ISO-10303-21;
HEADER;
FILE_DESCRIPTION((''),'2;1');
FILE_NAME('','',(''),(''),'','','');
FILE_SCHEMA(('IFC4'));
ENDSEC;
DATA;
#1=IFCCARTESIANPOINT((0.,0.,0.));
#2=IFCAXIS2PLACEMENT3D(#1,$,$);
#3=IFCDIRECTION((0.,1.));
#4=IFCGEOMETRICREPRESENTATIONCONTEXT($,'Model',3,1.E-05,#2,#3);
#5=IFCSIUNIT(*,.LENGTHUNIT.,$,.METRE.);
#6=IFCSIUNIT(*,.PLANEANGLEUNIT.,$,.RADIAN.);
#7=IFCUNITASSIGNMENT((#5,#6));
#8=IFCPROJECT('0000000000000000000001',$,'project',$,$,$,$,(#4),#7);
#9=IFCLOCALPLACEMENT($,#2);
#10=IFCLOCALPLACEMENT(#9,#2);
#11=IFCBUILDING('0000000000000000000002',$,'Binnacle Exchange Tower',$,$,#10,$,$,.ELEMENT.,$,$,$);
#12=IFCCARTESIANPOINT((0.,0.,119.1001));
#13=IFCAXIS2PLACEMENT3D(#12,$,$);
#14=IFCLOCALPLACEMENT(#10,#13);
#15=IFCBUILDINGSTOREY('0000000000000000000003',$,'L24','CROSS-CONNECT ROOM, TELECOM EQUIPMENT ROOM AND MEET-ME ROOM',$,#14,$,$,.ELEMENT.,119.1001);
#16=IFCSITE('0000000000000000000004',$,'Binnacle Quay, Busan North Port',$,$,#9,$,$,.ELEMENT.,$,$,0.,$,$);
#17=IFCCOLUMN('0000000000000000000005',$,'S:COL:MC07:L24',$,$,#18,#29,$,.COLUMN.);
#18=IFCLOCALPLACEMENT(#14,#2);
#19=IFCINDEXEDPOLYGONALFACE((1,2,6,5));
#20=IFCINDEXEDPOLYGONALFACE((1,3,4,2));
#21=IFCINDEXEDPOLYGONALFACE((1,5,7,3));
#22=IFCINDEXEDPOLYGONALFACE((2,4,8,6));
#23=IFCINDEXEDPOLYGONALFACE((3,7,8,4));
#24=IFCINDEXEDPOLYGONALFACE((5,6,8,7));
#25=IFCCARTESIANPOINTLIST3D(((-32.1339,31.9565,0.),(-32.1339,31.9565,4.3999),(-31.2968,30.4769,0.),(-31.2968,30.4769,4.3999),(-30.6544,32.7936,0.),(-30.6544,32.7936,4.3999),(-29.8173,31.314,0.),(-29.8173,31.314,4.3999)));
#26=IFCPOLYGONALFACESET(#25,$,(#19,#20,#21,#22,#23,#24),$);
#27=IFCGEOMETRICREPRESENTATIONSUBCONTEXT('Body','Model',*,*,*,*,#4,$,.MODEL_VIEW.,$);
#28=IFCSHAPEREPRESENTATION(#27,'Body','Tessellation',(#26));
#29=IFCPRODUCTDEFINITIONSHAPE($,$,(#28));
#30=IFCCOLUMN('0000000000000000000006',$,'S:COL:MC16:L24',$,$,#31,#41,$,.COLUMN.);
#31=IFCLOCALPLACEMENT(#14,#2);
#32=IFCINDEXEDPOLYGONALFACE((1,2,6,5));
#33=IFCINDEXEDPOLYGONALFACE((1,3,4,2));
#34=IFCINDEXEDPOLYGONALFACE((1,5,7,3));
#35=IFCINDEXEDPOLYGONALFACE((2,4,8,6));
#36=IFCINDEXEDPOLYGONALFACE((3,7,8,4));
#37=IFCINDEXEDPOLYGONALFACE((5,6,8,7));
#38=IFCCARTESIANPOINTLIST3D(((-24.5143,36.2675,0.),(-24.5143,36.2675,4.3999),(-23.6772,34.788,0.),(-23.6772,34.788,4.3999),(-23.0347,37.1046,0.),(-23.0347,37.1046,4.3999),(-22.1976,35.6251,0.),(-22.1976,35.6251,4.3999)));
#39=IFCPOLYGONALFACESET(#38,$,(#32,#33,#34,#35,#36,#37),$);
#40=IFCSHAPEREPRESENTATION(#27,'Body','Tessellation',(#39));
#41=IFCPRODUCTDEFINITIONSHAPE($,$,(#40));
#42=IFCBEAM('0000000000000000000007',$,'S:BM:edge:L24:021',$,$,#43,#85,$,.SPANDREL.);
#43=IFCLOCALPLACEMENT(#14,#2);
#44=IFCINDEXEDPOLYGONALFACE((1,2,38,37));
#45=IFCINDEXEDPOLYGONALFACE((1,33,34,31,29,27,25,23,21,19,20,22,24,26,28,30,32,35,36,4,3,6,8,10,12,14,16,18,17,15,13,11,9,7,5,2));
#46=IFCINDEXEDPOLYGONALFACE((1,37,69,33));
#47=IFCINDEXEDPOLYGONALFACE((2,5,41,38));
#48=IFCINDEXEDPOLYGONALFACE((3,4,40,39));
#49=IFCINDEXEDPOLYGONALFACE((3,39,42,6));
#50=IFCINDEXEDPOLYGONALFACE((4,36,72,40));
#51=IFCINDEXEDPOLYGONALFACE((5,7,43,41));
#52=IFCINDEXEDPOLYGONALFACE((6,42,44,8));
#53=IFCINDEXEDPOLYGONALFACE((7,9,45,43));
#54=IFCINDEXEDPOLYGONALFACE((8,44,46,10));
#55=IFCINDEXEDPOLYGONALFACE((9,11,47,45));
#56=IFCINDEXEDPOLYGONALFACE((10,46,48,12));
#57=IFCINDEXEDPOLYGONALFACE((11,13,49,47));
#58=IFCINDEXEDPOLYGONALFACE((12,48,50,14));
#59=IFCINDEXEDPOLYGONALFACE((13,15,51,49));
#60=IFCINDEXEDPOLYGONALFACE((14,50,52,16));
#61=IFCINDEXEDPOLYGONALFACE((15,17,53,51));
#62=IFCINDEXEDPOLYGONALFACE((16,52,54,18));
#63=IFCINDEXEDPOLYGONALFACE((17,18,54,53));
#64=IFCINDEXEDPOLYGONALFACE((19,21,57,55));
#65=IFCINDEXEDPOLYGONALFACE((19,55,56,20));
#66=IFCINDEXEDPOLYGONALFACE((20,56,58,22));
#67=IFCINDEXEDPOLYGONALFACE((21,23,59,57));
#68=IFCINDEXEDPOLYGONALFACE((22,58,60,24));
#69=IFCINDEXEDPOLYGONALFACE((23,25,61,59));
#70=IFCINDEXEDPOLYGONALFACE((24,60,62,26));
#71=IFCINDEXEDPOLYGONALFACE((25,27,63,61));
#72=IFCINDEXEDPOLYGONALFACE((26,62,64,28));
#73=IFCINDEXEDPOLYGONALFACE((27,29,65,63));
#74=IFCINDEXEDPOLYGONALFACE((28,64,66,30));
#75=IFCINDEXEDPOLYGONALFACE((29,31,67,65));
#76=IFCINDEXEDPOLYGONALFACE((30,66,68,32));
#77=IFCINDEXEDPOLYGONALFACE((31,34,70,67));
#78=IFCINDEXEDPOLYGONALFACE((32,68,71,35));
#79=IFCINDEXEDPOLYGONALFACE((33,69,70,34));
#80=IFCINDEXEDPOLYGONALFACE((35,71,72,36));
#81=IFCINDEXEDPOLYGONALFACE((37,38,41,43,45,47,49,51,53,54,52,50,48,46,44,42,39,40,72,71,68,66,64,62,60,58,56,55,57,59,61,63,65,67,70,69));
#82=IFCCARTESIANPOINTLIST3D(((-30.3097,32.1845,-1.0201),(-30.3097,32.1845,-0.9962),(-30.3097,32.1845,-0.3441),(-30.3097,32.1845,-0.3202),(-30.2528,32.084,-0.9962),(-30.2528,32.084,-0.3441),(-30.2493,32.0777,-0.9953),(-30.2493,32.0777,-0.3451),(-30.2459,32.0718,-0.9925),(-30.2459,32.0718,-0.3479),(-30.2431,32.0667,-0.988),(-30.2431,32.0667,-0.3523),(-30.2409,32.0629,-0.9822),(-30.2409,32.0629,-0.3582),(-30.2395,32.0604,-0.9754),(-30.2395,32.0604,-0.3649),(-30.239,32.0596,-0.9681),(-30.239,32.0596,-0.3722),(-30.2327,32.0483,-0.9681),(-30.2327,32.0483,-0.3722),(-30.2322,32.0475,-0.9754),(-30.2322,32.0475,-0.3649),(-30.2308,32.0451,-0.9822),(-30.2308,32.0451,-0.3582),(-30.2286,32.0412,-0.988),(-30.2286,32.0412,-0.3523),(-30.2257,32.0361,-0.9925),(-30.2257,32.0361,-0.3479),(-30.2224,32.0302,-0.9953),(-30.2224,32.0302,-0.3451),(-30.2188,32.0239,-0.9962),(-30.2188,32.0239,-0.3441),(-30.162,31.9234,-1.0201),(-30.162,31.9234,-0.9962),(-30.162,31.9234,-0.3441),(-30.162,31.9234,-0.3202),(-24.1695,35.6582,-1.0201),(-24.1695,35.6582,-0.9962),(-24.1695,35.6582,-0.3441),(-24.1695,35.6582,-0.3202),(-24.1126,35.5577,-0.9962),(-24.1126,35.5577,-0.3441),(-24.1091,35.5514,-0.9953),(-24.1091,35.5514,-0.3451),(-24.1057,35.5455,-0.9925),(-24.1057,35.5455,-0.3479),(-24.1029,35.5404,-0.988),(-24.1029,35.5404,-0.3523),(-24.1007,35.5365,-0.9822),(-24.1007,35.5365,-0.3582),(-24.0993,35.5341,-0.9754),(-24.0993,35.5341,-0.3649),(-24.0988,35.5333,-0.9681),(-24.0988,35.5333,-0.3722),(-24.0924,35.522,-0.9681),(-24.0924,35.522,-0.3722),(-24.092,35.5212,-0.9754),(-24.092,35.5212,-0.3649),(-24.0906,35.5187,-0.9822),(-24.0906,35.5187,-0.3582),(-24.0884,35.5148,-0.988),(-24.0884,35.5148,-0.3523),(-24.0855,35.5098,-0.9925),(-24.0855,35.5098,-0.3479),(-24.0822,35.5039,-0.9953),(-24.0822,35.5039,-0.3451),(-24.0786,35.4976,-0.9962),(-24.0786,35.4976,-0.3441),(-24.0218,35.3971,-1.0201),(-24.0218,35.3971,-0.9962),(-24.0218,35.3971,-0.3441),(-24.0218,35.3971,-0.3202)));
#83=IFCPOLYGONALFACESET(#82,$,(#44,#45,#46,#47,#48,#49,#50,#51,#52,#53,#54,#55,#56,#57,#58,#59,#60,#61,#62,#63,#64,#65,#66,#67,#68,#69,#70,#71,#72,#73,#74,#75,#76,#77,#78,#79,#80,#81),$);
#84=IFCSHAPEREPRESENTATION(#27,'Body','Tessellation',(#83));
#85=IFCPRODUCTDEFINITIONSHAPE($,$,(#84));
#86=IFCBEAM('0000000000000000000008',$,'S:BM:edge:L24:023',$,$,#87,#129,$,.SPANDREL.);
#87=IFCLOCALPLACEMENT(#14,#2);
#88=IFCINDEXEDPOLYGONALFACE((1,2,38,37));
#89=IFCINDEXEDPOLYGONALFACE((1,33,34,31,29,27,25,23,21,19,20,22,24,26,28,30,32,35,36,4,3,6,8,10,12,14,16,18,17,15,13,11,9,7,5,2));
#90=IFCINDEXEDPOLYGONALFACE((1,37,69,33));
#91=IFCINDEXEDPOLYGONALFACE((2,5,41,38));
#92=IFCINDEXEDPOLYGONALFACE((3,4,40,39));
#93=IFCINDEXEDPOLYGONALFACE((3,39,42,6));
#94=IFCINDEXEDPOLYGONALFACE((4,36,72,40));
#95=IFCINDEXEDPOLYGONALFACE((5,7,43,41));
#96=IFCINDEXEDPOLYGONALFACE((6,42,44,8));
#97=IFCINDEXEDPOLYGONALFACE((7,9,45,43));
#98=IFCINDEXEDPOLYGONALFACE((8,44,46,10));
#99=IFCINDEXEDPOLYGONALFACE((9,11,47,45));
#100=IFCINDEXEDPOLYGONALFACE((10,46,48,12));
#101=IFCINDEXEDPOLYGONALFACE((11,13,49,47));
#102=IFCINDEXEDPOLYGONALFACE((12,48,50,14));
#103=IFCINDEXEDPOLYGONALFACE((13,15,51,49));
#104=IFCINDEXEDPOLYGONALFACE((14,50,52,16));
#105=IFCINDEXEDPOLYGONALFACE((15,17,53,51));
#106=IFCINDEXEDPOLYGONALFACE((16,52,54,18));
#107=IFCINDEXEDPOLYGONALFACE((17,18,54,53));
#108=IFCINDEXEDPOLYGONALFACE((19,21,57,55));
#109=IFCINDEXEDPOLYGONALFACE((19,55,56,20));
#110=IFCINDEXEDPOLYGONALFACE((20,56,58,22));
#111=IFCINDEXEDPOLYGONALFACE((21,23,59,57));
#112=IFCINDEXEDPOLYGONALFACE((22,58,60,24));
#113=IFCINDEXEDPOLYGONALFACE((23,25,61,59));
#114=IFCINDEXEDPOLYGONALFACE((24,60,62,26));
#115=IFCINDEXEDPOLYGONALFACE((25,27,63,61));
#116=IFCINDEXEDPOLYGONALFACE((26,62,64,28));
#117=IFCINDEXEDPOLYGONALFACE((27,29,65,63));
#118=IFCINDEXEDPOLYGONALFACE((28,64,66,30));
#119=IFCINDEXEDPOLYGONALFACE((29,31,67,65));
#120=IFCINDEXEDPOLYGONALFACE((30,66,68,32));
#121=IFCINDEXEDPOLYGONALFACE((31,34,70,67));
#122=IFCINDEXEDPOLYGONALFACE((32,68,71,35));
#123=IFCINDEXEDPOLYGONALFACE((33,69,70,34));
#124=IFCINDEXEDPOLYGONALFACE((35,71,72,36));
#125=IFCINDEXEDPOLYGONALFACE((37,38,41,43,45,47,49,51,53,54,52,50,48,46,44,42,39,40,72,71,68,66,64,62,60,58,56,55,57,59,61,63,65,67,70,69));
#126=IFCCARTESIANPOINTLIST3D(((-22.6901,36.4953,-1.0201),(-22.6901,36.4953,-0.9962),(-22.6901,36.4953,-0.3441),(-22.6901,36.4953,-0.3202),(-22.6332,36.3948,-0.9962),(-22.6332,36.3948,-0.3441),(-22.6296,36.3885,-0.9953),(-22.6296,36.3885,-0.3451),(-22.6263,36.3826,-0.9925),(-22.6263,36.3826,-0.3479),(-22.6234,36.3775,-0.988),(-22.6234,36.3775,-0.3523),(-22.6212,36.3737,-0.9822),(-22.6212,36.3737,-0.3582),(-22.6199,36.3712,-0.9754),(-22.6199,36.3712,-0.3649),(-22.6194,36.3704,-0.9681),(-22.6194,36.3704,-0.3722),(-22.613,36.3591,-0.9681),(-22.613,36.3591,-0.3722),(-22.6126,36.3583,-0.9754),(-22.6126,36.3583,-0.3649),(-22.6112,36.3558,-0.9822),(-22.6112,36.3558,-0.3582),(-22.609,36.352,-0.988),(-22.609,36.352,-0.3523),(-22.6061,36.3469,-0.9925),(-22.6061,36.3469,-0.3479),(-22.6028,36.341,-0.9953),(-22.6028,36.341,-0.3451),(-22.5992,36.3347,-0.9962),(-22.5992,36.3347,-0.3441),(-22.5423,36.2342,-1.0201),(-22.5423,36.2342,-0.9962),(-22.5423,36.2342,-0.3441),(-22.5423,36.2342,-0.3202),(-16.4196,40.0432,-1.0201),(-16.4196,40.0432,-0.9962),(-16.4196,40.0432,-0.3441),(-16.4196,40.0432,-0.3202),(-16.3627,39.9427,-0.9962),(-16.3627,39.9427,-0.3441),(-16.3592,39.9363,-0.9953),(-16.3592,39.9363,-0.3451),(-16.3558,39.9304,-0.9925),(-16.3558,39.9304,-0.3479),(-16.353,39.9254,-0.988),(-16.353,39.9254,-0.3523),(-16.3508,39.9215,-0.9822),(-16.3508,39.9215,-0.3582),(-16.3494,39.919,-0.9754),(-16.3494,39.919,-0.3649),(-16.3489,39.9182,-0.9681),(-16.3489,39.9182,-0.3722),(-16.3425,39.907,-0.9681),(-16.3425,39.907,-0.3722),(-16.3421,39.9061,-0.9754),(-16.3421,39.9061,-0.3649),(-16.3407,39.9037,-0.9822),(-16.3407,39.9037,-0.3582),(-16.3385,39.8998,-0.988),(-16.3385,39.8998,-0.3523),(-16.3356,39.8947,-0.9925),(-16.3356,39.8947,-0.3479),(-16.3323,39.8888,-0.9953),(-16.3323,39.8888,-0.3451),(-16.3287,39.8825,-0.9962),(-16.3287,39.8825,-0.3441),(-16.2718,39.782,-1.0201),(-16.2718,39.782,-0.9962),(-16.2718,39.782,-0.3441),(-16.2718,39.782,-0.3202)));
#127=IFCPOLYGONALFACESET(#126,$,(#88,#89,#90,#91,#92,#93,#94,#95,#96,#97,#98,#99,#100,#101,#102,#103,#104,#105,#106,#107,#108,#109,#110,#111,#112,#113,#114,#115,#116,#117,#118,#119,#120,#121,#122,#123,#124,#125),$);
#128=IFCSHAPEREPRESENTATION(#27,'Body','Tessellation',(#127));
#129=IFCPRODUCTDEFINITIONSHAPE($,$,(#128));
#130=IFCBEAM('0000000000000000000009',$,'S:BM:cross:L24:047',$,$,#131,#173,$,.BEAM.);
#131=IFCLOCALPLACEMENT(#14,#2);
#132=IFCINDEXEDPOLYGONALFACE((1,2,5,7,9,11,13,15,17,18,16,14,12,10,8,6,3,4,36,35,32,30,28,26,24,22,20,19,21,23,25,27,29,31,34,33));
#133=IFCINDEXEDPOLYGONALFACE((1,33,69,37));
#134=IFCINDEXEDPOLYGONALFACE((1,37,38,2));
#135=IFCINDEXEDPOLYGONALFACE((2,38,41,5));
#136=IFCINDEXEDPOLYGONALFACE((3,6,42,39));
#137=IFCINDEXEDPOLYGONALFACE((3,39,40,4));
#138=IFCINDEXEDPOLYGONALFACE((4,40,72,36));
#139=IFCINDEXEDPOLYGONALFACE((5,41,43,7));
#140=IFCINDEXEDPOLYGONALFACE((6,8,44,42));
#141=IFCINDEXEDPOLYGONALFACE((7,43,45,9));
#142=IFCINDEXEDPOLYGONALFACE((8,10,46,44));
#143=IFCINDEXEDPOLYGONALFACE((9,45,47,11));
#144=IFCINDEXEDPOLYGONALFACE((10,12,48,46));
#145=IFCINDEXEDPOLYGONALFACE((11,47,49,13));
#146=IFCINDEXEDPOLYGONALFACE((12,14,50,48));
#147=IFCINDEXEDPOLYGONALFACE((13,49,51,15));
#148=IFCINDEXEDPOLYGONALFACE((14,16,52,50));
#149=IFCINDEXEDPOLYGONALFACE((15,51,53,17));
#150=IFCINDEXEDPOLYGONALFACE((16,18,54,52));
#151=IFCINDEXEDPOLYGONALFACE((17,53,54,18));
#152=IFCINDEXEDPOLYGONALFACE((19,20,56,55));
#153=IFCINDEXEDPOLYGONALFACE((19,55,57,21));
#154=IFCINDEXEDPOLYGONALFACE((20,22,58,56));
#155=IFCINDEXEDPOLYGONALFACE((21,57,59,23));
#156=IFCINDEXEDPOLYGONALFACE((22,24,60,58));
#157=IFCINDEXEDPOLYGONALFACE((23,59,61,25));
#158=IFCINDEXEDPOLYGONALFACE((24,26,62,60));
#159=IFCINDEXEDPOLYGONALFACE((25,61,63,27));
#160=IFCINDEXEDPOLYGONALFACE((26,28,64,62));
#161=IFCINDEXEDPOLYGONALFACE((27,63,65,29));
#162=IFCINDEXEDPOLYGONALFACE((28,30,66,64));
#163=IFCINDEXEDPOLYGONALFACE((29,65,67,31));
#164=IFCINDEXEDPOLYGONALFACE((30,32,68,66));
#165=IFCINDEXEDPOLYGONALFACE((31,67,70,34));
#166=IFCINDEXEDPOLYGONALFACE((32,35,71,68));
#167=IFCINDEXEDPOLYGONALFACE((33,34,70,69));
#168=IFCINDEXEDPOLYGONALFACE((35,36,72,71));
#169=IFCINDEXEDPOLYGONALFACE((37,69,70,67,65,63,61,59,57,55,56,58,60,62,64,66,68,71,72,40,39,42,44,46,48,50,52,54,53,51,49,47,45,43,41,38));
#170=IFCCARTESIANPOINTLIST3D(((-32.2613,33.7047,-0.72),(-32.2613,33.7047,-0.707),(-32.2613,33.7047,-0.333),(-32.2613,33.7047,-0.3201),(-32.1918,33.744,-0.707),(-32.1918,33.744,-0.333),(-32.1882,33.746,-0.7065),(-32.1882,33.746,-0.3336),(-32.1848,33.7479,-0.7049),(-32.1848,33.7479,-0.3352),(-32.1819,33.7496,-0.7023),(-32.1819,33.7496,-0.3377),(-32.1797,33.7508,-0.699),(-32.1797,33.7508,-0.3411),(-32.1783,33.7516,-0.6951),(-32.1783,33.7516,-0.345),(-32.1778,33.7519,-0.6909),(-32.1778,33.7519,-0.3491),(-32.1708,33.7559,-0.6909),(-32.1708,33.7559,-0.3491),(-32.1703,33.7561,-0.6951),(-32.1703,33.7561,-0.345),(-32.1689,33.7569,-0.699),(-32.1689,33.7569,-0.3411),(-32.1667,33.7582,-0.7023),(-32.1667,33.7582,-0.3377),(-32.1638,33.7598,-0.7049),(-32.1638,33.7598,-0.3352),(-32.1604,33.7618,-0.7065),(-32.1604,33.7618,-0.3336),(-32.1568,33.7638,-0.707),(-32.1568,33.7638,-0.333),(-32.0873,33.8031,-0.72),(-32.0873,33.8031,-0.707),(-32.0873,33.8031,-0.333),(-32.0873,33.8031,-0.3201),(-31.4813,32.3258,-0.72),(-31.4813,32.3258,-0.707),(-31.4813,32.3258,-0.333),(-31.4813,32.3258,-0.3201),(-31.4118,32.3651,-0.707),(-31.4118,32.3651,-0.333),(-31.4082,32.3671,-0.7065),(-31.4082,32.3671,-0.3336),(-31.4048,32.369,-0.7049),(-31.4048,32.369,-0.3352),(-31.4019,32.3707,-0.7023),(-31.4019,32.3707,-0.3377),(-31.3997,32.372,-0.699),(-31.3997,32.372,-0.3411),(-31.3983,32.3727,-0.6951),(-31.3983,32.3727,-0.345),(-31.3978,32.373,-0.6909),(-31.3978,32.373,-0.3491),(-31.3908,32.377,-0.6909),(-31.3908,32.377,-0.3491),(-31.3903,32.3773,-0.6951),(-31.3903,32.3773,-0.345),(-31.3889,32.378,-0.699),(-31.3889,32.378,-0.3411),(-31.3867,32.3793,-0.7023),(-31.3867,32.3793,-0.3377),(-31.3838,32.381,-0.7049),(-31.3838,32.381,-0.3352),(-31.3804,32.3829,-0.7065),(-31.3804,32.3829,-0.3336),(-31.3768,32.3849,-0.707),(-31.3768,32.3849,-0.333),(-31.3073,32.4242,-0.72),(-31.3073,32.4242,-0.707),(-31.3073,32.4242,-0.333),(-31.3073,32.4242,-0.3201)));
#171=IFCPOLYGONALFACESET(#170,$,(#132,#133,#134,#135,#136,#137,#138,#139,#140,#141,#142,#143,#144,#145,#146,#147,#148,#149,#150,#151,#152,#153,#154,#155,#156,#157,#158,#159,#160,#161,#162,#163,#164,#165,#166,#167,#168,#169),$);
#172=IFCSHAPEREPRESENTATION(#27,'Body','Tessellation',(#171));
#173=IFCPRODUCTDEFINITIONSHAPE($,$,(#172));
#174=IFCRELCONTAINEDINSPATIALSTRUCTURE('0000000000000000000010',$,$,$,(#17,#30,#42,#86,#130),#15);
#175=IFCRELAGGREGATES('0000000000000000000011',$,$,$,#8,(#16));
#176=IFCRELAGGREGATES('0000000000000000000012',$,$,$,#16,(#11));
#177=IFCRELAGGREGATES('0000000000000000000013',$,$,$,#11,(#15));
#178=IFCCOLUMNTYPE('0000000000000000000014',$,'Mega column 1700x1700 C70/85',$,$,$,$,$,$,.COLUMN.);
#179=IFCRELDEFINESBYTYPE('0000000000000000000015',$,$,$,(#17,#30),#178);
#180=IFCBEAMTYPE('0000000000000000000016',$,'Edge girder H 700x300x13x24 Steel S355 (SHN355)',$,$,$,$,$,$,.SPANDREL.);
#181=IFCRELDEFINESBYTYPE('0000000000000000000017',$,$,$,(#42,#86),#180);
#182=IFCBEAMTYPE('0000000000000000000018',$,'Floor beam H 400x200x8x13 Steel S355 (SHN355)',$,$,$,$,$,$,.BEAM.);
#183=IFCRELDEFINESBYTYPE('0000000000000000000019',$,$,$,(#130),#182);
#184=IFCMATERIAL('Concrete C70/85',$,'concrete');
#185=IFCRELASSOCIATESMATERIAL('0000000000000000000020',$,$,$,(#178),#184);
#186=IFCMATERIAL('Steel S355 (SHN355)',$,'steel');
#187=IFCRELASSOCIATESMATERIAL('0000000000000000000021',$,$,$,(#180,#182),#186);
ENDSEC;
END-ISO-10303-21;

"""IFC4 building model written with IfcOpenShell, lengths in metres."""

from ifc_helpers import new_model, si_unit, direction, frame, origin, origin_2d, place, context, subcontext, project, spatial, rectangle, i_section, extrude, material, material_profile, profile_set, type_object, element, save


model = new_model("IFC4")

# Units and contexts
model_context = context("Model", 3, precision=1e-05, world=origin(), true_north=direction((0.0, 1.0)))
body_context = subcontext(model_context, "Body", "Model", "MODEL_VIEW")
ifc_project = project(units=[si_unit("LENGTHUNIT", "METRE"), si_unit("PLANEANGLEUNIT", "RADIAN")], contexts=[model_context])

# Site, building, storey
site_placement = place(None, origin())
site = spatial("IfcSite", under=ifc_project, at=site_placement, Name="Binnacle Quay, Busan North Port", CompositionType="ELEMENT", RefElevation=0.0)
building_placement = place(site_placement, origin())
building = spatial("IfcBuilding", under=site, at=building_placement, Name="Binnacle Exchange Tower", CompositionType="ELEMENT")
storey_placement = place(building_placement, frame((0.0, 0.0, 119.1001)))
storey = spatial("IfcBuildingStorey", under=building, at=storey_placement, Name="L24", Description="CROSS-CONNECT ROOM, TELECOM EQUIPMENT ROOM AND MEET-ME ROOM", CompositionType="ELEMENT", Elevation=119.1001)

# Columns
ifc_material_1 = material(Name="Concrete C70/85", Category="concrete")
ifc_material_profile_1 = material_profile(ifc_material_1, rectangle(XDim=1.7, YDim=1.7, at=origin_2d()), Name="Mega column 1700x1700 C70/85")
ifc_profile_set_1 = profile_set([ifc_material_profile_1], Name="Concrete C70/85")
column_type = type_object("IfcColumnType", Name="Mega column 1700x1700 C70/85", PredefinedType="COLUMN", material=ifc_profile_set_1)
for number, where, z_axis, x_axis, name in (
    (1, (-30.9756, 31.6353, 0.0), (0.0, 0.0, 1.0), (0.870356, 0.492424, 0.0), "S:COL:MC07:L24"),
    (2, (-23.356, 35.9463, 0.0), (0.0, 0.0, 1.0), (0.870356, 0.492424, 0.0), "S:COL:MC16:L24"),
):
    element("IfcColumn", number, at=place(storey_placement, frame(where, z_axis=z_axis, x_axis=x_axis)), inside=storey, type_object=column_type, Name=name, PredefinedType="COLUMN", context=body_context, shape_type="SweptSolid", body=[
        extrude(rectangle(XDim=1.7, YDim=1.7, at=origin_2d()), origin(), (0.0, 0.0, 1.0), 4.3999),
    ])

# Beams
ifc_material_2 = material(Name="Steel S355 (SHN355)", Category="steel")
ifc_material_profile_2 = material_profile(ifc_material_2, i_section(OverallWidth=0.3, OverallDepth=0.7, WebThickness=0.0129, FlangeThickness=0.0239, FilletRadius=0.0281, at=origin_2d()), Name="H 700x300x13x24")
ifc_profile_set_2 = profile_set([ifc_material_profile_2], Name="Steel S355 (SHN355)")
beam_type_1 = type_object("IfcBeamType", Name="Edge girder H 700x300x13x24 Steel S355 (SHN355)", PredefinedType="SPANDREL", material=ifc_profile_set_2)
beam_1_placement = place(storey_placement, frame((-30.2358, 32.054, -0.6702), z_axis=(0.870373, 0.492392, 0.0), x_axis=(-0.492392, 0.870373, 0.0)))
element("IfcBeam", 3, at=beam_1_placement, inside=storey, type_object=beam_type_1, Name="S:BM:edge:L24:021", PredefinedType="SPANDREL", context=body_context, shape_type="SweptSolid", body=[
    extrude(i_section(OverallWidth=0.3, OverallDepth=0.7, WebThickness=0.0129, FlangeThickness=0.0239, FilletRadius=0.0281, at=origin_2d()), origin(), (0.0, 0.0, 1.0), 7.0547),
])
beam_2_placement = place(storey_placement, frame((-22.6162, 36.3647, -0.6702), z_axis=(0.870346, 0.492441, 0.0), x_axis=(-0.492441, 0.870346, 0.0)))
element("IfcBeam", 4, at=beam_2_placement, inside=storey, type_object=beam_type_1, Name="S:BM:edge:L24:023", PredefinedType="SPANDREL", context=body_context, shape_type="SweptSolid", body=[
    extrude(i_section(OverallWidth=0.3, OverallDepth=0.7, WebThickness=0.0129, FlangeThickness=0.0239, FilletRadius=0.0281, at=origin_2d()), origin(), (0.0, 0.0, 1.0), 7.2046),
])
ifc_material_profile_3 = material_profile(ifc_material_2, i_section(OverallWidth=0.2, OverallDepth=0.3999, WebThickness=0.0081, FlangeThickness=0.0129, FilletRadius=0.0161, at=origin_2d()), Name="H 400x200x8x13")
ifc_profile_set_3 = profile_set([ifc_material_profile_3], Name="Steel S355 (SHN355)")
beam_type_2 = type_object("IfcBeamType", Name="Floor beam H 400x200x8x13 Steel S355 (SHN355)", PredefinedType="BEAM", material=ifc_profile_set_3)
beam_3_placement = place(storey_placement, frame((-31.3943, 32.375, -0.52), z_axis=(-0.492367, 0.870388, 0.0), x_axis=(-0.870388, -0.492367, 0.0)))
element("IfcBeam", 5, at=beam_3_placement, inside=storey, type_object=beam_type_2, Name="S:BM:cross:L24:047", PredefinedType="BEAM", context=body_context, shape_type="SweptSolid", body=[
    extrude(i_section(OverallWidth=0.2, OverallDepth=0.3999, WebThickness=0.0081, FlangeThickness=0.0129, FilletRadius=0.0161, at=origin_2d()), origin(), (0.0, 0.0, 1.0), 1.5842),
])

save(model, "model.ifc")
